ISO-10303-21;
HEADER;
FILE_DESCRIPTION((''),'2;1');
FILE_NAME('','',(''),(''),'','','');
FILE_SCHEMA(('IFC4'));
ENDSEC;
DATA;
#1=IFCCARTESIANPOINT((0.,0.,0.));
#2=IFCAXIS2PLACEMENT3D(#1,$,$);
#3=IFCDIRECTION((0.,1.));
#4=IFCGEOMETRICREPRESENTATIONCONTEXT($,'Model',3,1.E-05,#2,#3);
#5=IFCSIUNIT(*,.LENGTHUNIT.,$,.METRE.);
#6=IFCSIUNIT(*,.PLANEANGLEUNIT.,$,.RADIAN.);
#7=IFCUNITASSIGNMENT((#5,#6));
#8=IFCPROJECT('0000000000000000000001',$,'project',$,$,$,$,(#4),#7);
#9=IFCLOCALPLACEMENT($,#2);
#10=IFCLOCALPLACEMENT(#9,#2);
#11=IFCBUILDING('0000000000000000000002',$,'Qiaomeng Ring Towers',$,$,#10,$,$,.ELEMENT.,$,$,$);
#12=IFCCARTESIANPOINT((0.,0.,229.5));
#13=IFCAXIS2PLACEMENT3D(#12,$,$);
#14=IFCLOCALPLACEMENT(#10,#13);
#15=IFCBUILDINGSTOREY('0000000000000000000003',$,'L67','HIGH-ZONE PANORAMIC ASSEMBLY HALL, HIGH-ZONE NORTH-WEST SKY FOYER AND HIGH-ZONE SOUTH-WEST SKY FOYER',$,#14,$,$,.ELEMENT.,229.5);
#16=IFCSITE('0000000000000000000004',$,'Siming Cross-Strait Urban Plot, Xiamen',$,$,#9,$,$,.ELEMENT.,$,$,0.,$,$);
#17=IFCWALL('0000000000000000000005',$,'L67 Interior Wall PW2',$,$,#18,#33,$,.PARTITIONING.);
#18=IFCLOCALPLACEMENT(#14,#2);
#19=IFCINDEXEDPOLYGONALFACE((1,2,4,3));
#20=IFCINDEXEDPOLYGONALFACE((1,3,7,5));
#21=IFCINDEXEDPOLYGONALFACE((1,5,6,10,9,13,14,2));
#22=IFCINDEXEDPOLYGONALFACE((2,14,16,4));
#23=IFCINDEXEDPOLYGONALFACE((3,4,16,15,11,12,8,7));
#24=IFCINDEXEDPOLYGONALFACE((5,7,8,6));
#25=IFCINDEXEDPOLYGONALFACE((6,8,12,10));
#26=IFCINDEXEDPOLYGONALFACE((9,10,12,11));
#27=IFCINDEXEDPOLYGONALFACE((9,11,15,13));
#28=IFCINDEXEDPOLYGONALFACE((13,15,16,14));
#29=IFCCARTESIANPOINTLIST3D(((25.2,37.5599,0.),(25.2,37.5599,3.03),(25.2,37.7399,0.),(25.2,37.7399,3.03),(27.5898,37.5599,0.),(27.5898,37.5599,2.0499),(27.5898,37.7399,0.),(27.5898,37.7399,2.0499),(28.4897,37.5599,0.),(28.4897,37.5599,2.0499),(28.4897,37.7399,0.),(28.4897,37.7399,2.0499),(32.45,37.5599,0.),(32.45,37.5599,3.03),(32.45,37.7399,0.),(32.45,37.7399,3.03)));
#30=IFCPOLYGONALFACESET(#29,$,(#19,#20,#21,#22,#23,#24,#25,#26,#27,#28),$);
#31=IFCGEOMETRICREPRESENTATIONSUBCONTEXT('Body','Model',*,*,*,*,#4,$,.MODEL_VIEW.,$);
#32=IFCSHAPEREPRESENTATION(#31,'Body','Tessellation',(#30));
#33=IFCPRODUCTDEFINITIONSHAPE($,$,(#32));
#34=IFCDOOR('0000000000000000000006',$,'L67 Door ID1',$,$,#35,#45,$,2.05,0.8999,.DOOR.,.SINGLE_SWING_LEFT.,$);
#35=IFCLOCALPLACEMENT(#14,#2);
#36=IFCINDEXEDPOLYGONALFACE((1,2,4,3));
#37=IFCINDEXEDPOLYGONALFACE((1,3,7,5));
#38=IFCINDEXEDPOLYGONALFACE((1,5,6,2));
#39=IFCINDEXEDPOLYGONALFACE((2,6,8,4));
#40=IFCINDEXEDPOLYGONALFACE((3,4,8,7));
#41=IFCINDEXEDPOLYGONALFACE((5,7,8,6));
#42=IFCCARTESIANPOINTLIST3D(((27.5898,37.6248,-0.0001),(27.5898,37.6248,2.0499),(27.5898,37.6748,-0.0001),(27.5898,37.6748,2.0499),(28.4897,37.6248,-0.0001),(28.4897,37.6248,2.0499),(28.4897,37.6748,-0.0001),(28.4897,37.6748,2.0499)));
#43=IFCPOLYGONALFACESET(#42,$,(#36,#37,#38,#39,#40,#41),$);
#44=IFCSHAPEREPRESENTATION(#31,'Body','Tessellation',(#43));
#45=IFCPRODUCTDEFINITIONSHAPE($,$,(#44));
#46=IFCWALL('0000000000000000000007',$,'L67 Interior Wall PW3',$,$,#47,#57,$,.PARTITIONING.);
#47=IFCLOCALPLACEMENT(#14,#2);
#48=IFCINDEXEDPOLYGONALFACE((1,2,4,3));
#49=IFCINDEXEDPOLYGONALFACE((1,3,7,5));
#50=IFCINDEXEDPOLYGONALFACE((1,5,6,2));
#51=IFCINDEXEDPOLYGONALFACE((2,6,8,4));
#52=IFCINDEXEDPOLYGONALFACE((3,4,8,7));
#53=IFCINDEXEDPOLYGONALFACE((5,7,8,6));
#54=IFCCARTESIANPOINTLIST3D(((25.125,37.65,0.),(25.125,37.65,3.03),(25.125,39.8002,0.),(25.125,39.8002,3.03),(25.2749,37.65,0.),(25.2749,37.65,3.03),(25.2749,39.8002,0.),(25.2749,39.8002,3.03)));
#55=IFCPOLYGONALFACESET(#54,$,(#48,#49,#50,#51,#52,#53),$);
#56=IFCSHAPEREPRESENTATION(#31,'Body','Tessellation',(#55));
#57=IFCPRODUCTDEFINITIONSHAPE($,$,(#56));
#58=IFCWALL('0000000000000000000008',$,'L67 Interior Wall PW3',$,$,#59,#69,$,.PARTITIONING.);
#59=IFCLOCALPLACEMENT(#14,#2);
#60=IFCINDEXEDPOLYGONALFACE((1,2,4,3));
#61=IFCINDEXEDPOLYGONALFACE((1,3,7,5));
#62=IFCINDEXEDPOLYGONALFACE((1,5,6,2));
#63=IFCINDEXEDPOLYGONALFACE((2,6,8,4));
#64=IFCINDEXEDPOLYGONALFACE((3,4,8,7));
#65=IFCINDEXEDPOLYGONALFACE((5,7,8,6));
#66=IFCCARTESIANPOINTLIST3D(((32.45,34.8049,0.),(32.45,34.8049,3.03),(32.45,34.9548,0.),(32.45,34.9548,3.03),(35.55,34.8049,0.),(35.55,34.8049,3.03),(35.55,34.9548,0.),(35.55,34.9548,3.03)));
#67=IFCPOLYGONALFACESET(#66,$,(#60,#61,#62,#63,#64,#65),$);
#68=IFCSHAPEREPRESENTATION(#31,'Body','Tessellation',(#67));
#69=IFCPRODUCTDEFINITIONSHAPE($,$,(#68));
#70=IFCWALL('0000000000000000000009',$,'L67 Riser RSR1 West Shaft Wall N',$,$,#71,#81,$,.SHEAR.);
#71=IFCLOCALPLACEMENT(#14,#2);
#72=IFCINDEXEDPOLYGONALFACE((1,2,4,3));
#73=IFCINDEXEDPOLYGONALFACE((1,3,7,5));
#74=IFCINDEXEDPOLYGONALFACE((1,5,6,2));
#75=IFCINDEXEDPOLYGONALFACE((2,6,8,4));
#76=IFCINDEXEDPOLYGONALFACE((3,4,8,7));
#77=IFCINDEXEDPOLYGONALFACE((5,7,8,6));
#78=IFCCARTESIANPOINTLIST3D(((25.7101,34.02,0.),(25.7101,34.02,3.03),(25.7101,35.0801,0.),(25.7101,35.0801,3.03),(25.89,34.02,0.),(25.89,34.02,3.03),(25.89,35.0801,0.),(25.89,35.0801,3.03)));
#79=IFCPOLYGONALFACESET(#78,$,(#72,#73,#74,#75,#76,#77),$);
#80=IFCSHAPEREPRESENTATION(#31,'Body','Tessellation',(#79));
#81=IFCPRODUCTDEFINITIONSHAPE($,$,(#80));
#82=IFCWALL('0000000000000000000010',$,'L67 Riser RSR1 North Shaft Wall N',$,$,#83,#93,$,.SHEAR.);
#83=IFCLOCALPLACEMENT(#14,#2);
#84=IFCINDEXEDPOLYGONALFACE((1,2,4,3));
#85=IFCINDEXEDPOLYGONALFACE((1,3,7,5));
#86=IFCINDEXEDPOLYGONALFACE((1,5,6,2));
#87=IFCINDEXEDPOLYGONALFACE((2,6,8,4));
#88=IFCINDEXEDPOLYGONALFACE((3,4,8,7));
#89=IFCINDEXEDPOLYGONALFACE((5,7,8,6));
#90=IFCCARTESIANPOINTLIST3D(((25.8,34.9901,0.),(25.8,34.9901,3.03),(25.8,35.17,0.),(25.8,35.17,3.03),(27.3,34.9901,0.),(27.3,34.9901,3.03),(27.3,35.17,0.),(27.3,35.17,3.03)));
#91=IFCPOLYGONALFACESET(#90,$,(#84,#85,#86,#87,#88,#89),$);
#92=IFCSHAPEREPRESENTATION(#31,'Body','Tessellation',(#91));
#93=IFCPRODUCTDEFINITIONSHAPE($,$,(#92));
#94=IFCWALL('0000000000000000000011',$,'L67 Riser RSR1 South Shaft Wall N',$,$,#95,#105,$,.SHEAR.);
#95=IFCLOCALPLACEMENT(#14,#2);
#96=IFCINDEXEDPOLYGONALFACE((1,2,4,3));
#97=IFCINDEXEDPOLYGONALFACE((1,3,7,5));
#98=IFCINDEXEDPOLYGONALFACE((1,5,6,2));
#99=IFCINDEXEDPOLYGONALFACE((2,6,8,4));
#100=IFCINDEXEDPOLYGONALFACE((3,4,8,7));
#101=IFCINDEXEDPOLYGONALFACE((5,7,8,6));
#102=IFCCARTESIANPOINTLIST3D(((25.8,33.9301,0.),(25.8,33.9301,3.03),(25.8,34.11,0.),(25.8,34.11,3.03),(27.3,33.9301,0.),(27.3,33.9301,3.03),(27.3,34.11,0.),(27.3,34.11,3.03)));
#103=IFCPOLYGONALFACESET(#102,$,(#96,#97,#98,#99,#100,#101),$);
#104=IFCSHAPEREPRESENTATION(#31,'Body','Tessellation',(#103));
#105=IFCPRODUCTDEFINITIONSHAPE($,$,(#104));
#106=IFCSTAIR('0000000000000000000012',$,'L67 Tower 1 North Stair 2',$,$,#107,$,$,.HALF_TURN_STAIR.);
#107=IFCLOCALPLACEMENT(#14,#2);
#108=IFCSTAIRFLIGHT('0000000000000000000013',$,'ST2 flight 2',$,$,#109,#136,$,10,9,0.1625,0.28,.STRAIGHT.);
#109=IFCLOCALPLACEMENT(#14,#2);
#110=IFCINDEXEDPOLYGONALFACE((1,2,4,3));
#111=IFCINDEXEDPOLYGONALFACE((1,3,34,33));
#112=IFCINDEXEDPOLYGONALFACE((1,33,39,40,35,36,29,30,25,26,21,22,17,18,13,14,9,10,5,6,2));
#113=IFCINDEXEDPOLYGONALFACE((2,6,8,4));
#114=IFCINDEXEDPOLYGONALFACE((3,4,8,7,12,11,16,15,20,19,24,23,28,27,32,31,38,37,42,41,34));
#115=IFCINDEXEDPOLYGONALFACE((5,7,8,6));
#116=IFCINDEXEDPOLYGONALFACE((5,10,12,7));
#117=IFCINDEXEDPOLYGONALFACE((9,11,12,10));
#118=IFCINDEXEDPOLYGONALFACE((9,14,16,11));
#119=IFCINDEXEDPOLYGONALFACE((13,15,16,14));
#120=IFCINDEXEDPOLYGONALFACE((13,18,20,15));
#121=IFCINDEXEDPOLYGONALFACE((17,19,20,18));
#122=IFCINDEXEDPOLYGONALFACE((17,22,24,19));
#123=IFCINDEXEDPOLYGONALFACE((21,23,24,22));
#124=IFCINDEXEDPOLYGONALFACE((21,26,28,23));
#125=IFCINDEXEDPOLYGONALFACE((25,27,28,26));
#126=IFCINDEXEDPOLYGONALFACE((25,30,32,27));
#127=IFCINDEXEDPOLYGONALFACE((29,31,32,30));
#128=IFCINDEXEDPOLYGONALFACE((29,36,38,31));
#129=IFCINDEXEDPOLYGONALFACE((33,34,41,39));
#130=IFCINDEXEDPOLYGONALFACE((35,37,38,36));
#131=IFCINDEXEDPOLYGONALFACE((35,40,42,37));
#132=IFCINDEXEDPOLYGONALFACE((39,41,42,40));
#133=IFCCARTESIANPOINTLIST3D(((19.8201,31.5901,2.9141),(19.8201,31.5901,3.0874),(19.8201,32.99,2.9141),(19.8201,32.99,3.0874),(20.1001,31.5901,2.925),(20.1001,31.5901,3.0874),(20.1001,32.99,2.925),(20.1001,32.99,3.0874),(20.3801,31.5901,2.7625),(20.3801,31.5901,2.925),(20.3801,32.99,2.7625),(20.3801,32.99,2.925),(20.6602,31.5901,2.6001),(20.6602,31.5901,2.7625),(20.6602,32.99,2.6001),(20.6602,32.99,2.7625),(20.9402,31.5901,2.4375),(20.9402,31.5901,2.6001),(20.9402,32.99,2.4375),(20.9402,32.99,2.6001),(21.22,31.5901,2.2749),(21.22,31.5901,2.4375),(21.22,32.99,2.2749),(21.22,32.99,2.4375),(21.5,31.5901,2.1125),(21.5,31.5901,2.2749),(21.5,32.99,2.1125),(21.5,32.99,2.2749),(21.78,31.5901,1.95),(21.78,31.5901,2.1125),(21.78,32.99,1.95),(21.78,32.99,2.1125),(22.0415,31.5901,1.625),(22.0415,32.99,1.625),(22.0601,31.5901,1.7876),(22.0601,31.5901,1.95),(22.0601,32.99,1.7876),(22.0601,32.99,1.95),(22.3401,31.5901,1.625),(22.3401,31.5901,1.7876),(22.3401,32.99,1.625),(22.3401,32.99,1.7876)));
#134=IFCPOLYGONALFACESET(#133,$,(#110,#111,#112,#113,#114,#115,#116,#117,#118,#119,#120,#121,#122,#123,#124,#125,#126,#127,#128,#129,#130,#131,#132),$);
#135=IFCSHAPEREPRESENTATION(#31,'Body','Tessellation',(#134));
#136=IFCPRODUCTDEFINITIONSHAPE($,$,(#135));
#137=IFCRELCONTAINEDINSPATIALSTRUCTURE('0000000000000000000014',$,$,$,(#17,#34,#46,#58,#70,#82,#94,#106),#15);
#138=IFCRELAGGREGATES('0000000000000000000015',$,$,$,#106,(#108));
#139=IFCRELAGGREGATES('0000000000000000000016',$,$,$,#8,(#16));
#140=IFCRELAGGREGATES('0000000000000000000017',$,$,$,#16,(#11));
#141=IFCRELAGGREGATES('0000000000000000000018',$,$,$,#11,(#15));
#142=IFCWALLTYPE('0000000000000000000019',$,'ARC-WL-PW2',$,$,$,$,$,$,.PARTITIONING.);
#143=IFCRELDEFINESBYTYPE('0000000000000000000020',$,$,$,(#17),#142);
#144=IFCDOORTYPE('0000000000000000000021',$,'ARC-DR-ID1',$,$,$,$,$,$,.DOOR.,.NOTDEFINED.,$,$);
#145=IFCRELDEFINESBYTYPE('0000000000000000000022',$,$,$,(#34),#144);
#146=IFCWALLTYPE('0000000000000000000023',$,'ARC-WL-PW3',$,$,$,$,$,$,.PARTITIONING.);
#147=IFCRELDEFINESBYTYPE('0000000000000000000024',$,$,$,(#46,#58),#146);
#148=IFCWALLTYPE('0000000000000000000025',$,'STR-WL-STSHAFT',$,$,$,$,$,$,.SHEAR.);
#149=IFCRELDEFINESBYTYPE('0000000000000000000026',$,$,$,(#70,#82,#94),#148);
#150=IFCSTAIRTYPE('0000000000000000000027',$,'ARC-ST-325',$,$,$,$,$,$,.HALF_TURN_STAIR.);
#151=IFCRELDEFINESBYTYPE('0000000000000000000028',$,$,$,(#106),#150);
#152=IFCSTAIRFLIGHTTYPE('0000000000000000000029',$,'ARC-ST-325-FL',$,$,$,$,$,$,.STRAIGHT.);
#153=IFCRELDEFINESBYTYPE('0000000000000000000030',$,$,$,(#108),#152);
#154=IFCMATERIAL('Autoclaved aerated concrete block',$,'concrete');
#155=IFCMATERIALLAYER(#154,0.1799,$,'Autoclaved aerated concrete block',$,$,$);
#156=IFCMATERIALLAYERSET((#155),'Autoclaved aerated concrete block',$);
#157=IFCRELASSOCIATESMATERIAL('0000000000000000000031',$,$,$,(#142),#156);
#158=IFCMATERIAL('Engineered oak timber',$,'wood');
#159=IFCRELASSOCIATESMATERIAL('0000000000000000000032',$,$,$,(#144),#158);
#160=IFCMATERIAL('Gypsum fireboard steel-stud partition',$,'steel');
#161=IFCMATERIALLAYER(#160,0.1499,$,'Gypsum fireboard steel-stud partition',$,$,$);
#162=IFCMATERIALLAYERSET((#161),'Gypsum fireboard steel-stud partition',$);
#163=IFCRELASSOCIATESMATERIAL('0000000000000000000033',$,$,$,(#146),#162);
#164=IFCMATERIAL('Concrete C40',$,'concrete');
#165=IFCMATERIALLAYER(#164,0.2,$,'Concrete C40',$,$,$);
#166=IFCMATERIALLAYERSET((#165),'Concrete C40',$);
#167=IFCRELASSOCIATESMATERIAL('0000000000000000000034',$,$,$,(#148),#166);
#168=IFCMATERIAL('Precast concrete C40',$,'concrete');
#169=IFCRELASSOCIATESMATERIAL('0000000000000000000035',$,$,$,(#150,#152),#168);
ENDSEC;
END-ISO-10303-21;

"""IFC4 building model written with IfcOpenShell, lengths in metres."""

from ifc_helpers import new_model, si_unit, direction, frame, frame_2d, origin, place, context, subcontext, project, spatial, polyline, rectangle, outline, extrude, source, transform, mapped, material, layer, layer_set, type_object, element, fill, aggregate, save


model = new_model("IFC4")

# Units and contexts
model_context = context("Model", 3, precision=1e-05, world=origin(), true_north=direction((0.0, 1.0)))
body_context = subcontext(model_context, "Body", "Model", "MODEL_VIEW")
ifc_project = project(units=[si_unit("LENGTHUNIT", "METRE"), si_unit("PLANEANGLEUNIT", "RADIAN")], contexts=[model_context])

# Site, building, storey
site_placement = place(None, origin())
site = spatial("IfcSite", under=ifc_project, at=site_placement, Name="Siming Cross-Strait Urban Plot, Xiamen", CompositionType="ELEMENT", RefElevation=0.0)
building_placement = place(site_placement, origin())
building = spatial("IfcBuilding", under=site, at=building_placement, Name="Qiaomeng Ring Towers", CompositionType="ELEMENT")
storey_placement = place(building_placement, frame((0.0, 0.0, 229.5)))
storey = spatial("IfcBuildingStorey", under=building, at=storey_placement, Name="L67", Description="HIGH-ZONE PANORAMIC ASSEMBLY HALL, HIGH-ZONE NORTH-WEST SKY FOYER AND HIGH-ZONE SOUTH-WEST SKY FOYER", CompositionType="ELEMENT", Elevation=229.5)

# Shared definitions
ifc_material_1 = material(Name="Concrete C40", Category="concrete")

# Shared definitions
ifc_material_2 = material(Name="Autoclaved aerated concrete block", Category="concrete")

# Wall, opening, door
ifc_layer_1 = layer(ifc_material_2, 0.1799, Name="Autoclaved aerated concrete block")
ifc_layer_set_1 = layer_set([ifc_layer_1], Name="Autoclaved aerated concrete block")
wall_type_1 = type_object("IfcWallType", Name="ARC-WL-PW2", PredefinedType="PARTITIONING", material=ifc_layer_set_1)
wall_1_placement = place(storey_placement, frame((25.2, 37.6499, 0.0), z_axis=(0.0, 0.0, 1.0), x_axis=(1.0, 0.0, 0.0)))
wall_1 = element("IfcWall", 1, at=wall_1_placement, inside=storey, type_object=wall_type_1, Name="L67 Interior Wall PW2", PredefinedType="PARTITIONING", context=body_context, shape_type="SweptSolid", body=[
    extrude(rectangle(XDim=7.25, YDim=0.1799, at=frame_2d((3.625, 0.0))), origin(), (0.0, 0.0, 1.0), 3.03),
])
opening_placement = place(wall_1_placement, frame((2.3899, 0.0, 0.0)))
opening = element("IfcOpeningElement", 2, at=opening_placement, cuts=wall_1, PredefinedType="OPENING", context=body_context, shape_type="SweptSolid", body=[
    extrude(rectangle(XDim=0.8999, YDim=2.05, at=frame_2d((0.45, 1.0249))), frame((0.0, 0.0999, 0.0), z_axis=(0.0, -1.0, 0.0), x_axis=(1.0, 0.0, 0.0)), (0.0, 0.0, 1.0), 0.2),
])
ifc_material_3 = material(Name="Engineered oak timber", Category="wood")
door_type = type_object("IfcDoorType", Name="ARC-DR-ID1", OperationType="NOTDEFINED", PredefinedType="DOOR", material=ifc_material_3)
shared_shape_1 = source(origin(), body_context, "Body", "SweptSolid", [
    extrude(rectangle(XDim=0.8999, YDim=2.05, at=frame_2d((0.45, 1.0249))), frame((0.0, 0.0249, 0.0), z_axis=(0.0, -1.0, 0.0), x_axis=(1.0, 0.0, 0.0)), (0.0, 0.0, 1.0), 0.05),
])
door_placement = place(opening_placement, origin())
door = element("IfcDoor", 3, at=door_placement, inside=storey, type_object=door_type, Name="L67 Door ID1", OperationType="SINGLE_SWING_LEFT", OverallHeight=2.05, OverallWidth=0.8999, PredefinedType="DOOR", context=body_context, shape_type="MappedRepresentation", body=[
    mapped(shared_shape_1, transform((0.0, 0.0, 0.0), x_axis=(1.0, 0.0, 0.0), y_axis=(0.0, 1.0, 0.0), z_axis=(0.0, 0.0, 1.0), scale=1.0)),
])
fill(opening, door)

# Walls
ifc_material_4 = material(Name="Gypsum fireboard steel-stud partition", Category="steel")
ifc_layer_2 = layer(ifc_material_4, 0.1499, Name="Gypsum fireboard steel-stud partition")
ifc_layer_set_2 = layer_set([ifc_layer_2], Name="Gypsum fireboard steel-stud partition")
wall_type_2 = type_object("IfcWallType", Name="ARC-WL-PW3", PredefinedType="PARTITIONING", material=ifc_layer_set_2)
wall_2_placement = place(storey_placement, frame((25.2, 37.6499, 0.0), z_axis=(0.0, 0.0, 1.0), x_axis=(0.0, 1.0, 0.0)))
element("IfcWall", 4, at=wall_2_placement, inside=storey, type_object=wall_type_2, Name="L67 Interior Wall PW3", PredefinedType="PARTITIONING", context=body_context, shape_type="SweptSolid", body=[
    extrude(rectangle(XDim=2.1501, YDim=0.1499, at=frame_2d((1.0752, 0.0))), origin(), (0.0, 0.0, 1.0), 3.03),
])
wall_3_placement = place(storey_placement, frame((32.45, 34.8799, 0.0), z_axis=(0.0, 0.0, 1.0), x_axis=(1.0, 0.0, 0.0)))
element("IfcWall", 5, at=wall_3_placement, inside=storey, type_object=wall_type_2, Name="L67 Interior Wall PW3", PredefinedType="PARTITIONING", context=body_context, shape_type="SweptSolid", body=[
    extrude(rectangle(XDim=3.1001, YDim=0.1499, at=frame_2d((1.55, 0.0))), origin(), (0.0, 0.0, 1.0), 3.03),
])
ifc_layer_3 = layer(ifc_material_1, 0.2, Name="Concrete C40")
ifc_layer_set_3 = layer_set([ifc_layer_3], Name="Concrete C40")
wall_type_3 = type_object("IfcWallType", Name="STR-WL-STSHAFT", PredefinedType="SHEAR", material=ifc_layer_set_3)
wall_4_placement = place(storey_placement, frame((25.8, 34.02, 0.0), z_axis=(0.0, 0.0, 1.0), x_axis=(0.0, 1.0, 0.0)))
element("IfcWall", 6, at=wall_4_placement, inside=storey, type_object=wall_type_3, Name="L67 Riser RSR1 West Shaft Wall N", PredefinedType="SHEAR", context=body_context, shape_type="SweptSolid", body=[
    extrude(rectangle(XDim=1.0601, YDim=0.1799, at=frame_2d((0.53, 0.0))), origin(), (0.0, 0.0, 1.0), 3.03),
])
for number, where, z_axis, x_axis, name in (
    (7, (25.8, 35.0801, 0.0), (0.0, 0.0, 1.0), (1.0, 0.0, 0.0), "L67 Riser RSR1 North Shaft Wall N"),
    (8, (25.8, 34.02, 0.0), (0.0, 0.0, 1.0), (1.0, 0.0, 0.0), "L67 Riser RSR1 South Shaft Wall N"),
):
    element("IfcWall", number, at=place(storey_placement, frame(where, z_axis=z_axis, x_axis=x_axis)), inside=storey, type_object=wall_type_3, Name=name, PredefinedType="SHEAR", context=body_context, shape_type="SweptSolid", body=[
        extrude(rectangle(XDim=1.5, YDim=0.1799, at=frame_2d((0.75, 0.0))), origin(), (0.0, 0.0, 1.0), 3.03),
    ])

# Stair, stair flight
ifc_material_5 = material(Name="Precast concrete C40", Category="concrete")
stair_type = type_object("IfcStairType", Name="ARC-ST-325", PredefinedType="HALF_TURN_STAIR", material=ifc_material_5)
stair_placement = place(storey_placement, origin())
stair = element("IfcStair", 9, at=stair_placement, inside=storey, type_object=stair_type, Name="L67 Tower 1 North Stair 2", PredefinedType="HALF_TURN_STAIR")
stair_flight_type = type_object("IfcStairFlightType", Name="ARC-ST-325-FL", PredefinedType="STRAIGHT", material=ifc_material_5)
shared_shape_2 = source(origin(), body_context, "Body", "SweptSolid", [
    extrude(outline(polyline([(0.0, 0.0), (0.0, 0.1626), (0.28, 0.1626), (0.28, 0.325), (0.5601, 0.325), (0.5601, 0.4875), (0.8401, 0.4875), (0.8401, 0.6499), (1.1201, 0.6499), (1.1201, 0.8125), (1.3999, 0.8125), (1.3999, 0.9751), (1.6799, 0.9751), (1.6799, 1.1375), (1.96, 1.1375), (1.96, 1.3), (2.24, 1.3), (2.24, 1.4624), (2.52, 1.4624), (2.52, 1.625), (2.52, 1.2891), (0.2986, 0.0), (0.0, 0.0)])), frame((0.0, 0.7, 0.0), z_axis=(0.0, -1.0, 0.0), x_axis=(1.0, 0.0, 0.0)), (0.0, 0.0, 1.0), 1.3999),
])
stair_flight_placement = place(storey_placement, frame((22.3401, 32.29, 1.625), z_axis=(0.0, 0.0, 1.0), x_axis=(-1.0, 0.0, 0.0)))
stair_flight = element("IfcStairFlight", 10, at=stair_flight_placement, type_object=stair_flight_type, Name="ST2 flight 2", NumberOfRisers=10, NumberOfTreads=9, PredefinedType="STRAIGHT", RiserHeight=0.1625, TreadLength=0.28, context=body_context, shape_type="MappedRepresentation", body=[
    mapped(shared_shape_2, transform((0.0, 0.0, 0.0), x_axis=(1.0, 0.0, 0.0), y_axis=(0.0, 1.0, 0.0), z_axis=(0.0, 0.0, 1.0), scale=1.0)),
])
aggregate(stair, [stair_flight])

save(model, "model.ifc")
